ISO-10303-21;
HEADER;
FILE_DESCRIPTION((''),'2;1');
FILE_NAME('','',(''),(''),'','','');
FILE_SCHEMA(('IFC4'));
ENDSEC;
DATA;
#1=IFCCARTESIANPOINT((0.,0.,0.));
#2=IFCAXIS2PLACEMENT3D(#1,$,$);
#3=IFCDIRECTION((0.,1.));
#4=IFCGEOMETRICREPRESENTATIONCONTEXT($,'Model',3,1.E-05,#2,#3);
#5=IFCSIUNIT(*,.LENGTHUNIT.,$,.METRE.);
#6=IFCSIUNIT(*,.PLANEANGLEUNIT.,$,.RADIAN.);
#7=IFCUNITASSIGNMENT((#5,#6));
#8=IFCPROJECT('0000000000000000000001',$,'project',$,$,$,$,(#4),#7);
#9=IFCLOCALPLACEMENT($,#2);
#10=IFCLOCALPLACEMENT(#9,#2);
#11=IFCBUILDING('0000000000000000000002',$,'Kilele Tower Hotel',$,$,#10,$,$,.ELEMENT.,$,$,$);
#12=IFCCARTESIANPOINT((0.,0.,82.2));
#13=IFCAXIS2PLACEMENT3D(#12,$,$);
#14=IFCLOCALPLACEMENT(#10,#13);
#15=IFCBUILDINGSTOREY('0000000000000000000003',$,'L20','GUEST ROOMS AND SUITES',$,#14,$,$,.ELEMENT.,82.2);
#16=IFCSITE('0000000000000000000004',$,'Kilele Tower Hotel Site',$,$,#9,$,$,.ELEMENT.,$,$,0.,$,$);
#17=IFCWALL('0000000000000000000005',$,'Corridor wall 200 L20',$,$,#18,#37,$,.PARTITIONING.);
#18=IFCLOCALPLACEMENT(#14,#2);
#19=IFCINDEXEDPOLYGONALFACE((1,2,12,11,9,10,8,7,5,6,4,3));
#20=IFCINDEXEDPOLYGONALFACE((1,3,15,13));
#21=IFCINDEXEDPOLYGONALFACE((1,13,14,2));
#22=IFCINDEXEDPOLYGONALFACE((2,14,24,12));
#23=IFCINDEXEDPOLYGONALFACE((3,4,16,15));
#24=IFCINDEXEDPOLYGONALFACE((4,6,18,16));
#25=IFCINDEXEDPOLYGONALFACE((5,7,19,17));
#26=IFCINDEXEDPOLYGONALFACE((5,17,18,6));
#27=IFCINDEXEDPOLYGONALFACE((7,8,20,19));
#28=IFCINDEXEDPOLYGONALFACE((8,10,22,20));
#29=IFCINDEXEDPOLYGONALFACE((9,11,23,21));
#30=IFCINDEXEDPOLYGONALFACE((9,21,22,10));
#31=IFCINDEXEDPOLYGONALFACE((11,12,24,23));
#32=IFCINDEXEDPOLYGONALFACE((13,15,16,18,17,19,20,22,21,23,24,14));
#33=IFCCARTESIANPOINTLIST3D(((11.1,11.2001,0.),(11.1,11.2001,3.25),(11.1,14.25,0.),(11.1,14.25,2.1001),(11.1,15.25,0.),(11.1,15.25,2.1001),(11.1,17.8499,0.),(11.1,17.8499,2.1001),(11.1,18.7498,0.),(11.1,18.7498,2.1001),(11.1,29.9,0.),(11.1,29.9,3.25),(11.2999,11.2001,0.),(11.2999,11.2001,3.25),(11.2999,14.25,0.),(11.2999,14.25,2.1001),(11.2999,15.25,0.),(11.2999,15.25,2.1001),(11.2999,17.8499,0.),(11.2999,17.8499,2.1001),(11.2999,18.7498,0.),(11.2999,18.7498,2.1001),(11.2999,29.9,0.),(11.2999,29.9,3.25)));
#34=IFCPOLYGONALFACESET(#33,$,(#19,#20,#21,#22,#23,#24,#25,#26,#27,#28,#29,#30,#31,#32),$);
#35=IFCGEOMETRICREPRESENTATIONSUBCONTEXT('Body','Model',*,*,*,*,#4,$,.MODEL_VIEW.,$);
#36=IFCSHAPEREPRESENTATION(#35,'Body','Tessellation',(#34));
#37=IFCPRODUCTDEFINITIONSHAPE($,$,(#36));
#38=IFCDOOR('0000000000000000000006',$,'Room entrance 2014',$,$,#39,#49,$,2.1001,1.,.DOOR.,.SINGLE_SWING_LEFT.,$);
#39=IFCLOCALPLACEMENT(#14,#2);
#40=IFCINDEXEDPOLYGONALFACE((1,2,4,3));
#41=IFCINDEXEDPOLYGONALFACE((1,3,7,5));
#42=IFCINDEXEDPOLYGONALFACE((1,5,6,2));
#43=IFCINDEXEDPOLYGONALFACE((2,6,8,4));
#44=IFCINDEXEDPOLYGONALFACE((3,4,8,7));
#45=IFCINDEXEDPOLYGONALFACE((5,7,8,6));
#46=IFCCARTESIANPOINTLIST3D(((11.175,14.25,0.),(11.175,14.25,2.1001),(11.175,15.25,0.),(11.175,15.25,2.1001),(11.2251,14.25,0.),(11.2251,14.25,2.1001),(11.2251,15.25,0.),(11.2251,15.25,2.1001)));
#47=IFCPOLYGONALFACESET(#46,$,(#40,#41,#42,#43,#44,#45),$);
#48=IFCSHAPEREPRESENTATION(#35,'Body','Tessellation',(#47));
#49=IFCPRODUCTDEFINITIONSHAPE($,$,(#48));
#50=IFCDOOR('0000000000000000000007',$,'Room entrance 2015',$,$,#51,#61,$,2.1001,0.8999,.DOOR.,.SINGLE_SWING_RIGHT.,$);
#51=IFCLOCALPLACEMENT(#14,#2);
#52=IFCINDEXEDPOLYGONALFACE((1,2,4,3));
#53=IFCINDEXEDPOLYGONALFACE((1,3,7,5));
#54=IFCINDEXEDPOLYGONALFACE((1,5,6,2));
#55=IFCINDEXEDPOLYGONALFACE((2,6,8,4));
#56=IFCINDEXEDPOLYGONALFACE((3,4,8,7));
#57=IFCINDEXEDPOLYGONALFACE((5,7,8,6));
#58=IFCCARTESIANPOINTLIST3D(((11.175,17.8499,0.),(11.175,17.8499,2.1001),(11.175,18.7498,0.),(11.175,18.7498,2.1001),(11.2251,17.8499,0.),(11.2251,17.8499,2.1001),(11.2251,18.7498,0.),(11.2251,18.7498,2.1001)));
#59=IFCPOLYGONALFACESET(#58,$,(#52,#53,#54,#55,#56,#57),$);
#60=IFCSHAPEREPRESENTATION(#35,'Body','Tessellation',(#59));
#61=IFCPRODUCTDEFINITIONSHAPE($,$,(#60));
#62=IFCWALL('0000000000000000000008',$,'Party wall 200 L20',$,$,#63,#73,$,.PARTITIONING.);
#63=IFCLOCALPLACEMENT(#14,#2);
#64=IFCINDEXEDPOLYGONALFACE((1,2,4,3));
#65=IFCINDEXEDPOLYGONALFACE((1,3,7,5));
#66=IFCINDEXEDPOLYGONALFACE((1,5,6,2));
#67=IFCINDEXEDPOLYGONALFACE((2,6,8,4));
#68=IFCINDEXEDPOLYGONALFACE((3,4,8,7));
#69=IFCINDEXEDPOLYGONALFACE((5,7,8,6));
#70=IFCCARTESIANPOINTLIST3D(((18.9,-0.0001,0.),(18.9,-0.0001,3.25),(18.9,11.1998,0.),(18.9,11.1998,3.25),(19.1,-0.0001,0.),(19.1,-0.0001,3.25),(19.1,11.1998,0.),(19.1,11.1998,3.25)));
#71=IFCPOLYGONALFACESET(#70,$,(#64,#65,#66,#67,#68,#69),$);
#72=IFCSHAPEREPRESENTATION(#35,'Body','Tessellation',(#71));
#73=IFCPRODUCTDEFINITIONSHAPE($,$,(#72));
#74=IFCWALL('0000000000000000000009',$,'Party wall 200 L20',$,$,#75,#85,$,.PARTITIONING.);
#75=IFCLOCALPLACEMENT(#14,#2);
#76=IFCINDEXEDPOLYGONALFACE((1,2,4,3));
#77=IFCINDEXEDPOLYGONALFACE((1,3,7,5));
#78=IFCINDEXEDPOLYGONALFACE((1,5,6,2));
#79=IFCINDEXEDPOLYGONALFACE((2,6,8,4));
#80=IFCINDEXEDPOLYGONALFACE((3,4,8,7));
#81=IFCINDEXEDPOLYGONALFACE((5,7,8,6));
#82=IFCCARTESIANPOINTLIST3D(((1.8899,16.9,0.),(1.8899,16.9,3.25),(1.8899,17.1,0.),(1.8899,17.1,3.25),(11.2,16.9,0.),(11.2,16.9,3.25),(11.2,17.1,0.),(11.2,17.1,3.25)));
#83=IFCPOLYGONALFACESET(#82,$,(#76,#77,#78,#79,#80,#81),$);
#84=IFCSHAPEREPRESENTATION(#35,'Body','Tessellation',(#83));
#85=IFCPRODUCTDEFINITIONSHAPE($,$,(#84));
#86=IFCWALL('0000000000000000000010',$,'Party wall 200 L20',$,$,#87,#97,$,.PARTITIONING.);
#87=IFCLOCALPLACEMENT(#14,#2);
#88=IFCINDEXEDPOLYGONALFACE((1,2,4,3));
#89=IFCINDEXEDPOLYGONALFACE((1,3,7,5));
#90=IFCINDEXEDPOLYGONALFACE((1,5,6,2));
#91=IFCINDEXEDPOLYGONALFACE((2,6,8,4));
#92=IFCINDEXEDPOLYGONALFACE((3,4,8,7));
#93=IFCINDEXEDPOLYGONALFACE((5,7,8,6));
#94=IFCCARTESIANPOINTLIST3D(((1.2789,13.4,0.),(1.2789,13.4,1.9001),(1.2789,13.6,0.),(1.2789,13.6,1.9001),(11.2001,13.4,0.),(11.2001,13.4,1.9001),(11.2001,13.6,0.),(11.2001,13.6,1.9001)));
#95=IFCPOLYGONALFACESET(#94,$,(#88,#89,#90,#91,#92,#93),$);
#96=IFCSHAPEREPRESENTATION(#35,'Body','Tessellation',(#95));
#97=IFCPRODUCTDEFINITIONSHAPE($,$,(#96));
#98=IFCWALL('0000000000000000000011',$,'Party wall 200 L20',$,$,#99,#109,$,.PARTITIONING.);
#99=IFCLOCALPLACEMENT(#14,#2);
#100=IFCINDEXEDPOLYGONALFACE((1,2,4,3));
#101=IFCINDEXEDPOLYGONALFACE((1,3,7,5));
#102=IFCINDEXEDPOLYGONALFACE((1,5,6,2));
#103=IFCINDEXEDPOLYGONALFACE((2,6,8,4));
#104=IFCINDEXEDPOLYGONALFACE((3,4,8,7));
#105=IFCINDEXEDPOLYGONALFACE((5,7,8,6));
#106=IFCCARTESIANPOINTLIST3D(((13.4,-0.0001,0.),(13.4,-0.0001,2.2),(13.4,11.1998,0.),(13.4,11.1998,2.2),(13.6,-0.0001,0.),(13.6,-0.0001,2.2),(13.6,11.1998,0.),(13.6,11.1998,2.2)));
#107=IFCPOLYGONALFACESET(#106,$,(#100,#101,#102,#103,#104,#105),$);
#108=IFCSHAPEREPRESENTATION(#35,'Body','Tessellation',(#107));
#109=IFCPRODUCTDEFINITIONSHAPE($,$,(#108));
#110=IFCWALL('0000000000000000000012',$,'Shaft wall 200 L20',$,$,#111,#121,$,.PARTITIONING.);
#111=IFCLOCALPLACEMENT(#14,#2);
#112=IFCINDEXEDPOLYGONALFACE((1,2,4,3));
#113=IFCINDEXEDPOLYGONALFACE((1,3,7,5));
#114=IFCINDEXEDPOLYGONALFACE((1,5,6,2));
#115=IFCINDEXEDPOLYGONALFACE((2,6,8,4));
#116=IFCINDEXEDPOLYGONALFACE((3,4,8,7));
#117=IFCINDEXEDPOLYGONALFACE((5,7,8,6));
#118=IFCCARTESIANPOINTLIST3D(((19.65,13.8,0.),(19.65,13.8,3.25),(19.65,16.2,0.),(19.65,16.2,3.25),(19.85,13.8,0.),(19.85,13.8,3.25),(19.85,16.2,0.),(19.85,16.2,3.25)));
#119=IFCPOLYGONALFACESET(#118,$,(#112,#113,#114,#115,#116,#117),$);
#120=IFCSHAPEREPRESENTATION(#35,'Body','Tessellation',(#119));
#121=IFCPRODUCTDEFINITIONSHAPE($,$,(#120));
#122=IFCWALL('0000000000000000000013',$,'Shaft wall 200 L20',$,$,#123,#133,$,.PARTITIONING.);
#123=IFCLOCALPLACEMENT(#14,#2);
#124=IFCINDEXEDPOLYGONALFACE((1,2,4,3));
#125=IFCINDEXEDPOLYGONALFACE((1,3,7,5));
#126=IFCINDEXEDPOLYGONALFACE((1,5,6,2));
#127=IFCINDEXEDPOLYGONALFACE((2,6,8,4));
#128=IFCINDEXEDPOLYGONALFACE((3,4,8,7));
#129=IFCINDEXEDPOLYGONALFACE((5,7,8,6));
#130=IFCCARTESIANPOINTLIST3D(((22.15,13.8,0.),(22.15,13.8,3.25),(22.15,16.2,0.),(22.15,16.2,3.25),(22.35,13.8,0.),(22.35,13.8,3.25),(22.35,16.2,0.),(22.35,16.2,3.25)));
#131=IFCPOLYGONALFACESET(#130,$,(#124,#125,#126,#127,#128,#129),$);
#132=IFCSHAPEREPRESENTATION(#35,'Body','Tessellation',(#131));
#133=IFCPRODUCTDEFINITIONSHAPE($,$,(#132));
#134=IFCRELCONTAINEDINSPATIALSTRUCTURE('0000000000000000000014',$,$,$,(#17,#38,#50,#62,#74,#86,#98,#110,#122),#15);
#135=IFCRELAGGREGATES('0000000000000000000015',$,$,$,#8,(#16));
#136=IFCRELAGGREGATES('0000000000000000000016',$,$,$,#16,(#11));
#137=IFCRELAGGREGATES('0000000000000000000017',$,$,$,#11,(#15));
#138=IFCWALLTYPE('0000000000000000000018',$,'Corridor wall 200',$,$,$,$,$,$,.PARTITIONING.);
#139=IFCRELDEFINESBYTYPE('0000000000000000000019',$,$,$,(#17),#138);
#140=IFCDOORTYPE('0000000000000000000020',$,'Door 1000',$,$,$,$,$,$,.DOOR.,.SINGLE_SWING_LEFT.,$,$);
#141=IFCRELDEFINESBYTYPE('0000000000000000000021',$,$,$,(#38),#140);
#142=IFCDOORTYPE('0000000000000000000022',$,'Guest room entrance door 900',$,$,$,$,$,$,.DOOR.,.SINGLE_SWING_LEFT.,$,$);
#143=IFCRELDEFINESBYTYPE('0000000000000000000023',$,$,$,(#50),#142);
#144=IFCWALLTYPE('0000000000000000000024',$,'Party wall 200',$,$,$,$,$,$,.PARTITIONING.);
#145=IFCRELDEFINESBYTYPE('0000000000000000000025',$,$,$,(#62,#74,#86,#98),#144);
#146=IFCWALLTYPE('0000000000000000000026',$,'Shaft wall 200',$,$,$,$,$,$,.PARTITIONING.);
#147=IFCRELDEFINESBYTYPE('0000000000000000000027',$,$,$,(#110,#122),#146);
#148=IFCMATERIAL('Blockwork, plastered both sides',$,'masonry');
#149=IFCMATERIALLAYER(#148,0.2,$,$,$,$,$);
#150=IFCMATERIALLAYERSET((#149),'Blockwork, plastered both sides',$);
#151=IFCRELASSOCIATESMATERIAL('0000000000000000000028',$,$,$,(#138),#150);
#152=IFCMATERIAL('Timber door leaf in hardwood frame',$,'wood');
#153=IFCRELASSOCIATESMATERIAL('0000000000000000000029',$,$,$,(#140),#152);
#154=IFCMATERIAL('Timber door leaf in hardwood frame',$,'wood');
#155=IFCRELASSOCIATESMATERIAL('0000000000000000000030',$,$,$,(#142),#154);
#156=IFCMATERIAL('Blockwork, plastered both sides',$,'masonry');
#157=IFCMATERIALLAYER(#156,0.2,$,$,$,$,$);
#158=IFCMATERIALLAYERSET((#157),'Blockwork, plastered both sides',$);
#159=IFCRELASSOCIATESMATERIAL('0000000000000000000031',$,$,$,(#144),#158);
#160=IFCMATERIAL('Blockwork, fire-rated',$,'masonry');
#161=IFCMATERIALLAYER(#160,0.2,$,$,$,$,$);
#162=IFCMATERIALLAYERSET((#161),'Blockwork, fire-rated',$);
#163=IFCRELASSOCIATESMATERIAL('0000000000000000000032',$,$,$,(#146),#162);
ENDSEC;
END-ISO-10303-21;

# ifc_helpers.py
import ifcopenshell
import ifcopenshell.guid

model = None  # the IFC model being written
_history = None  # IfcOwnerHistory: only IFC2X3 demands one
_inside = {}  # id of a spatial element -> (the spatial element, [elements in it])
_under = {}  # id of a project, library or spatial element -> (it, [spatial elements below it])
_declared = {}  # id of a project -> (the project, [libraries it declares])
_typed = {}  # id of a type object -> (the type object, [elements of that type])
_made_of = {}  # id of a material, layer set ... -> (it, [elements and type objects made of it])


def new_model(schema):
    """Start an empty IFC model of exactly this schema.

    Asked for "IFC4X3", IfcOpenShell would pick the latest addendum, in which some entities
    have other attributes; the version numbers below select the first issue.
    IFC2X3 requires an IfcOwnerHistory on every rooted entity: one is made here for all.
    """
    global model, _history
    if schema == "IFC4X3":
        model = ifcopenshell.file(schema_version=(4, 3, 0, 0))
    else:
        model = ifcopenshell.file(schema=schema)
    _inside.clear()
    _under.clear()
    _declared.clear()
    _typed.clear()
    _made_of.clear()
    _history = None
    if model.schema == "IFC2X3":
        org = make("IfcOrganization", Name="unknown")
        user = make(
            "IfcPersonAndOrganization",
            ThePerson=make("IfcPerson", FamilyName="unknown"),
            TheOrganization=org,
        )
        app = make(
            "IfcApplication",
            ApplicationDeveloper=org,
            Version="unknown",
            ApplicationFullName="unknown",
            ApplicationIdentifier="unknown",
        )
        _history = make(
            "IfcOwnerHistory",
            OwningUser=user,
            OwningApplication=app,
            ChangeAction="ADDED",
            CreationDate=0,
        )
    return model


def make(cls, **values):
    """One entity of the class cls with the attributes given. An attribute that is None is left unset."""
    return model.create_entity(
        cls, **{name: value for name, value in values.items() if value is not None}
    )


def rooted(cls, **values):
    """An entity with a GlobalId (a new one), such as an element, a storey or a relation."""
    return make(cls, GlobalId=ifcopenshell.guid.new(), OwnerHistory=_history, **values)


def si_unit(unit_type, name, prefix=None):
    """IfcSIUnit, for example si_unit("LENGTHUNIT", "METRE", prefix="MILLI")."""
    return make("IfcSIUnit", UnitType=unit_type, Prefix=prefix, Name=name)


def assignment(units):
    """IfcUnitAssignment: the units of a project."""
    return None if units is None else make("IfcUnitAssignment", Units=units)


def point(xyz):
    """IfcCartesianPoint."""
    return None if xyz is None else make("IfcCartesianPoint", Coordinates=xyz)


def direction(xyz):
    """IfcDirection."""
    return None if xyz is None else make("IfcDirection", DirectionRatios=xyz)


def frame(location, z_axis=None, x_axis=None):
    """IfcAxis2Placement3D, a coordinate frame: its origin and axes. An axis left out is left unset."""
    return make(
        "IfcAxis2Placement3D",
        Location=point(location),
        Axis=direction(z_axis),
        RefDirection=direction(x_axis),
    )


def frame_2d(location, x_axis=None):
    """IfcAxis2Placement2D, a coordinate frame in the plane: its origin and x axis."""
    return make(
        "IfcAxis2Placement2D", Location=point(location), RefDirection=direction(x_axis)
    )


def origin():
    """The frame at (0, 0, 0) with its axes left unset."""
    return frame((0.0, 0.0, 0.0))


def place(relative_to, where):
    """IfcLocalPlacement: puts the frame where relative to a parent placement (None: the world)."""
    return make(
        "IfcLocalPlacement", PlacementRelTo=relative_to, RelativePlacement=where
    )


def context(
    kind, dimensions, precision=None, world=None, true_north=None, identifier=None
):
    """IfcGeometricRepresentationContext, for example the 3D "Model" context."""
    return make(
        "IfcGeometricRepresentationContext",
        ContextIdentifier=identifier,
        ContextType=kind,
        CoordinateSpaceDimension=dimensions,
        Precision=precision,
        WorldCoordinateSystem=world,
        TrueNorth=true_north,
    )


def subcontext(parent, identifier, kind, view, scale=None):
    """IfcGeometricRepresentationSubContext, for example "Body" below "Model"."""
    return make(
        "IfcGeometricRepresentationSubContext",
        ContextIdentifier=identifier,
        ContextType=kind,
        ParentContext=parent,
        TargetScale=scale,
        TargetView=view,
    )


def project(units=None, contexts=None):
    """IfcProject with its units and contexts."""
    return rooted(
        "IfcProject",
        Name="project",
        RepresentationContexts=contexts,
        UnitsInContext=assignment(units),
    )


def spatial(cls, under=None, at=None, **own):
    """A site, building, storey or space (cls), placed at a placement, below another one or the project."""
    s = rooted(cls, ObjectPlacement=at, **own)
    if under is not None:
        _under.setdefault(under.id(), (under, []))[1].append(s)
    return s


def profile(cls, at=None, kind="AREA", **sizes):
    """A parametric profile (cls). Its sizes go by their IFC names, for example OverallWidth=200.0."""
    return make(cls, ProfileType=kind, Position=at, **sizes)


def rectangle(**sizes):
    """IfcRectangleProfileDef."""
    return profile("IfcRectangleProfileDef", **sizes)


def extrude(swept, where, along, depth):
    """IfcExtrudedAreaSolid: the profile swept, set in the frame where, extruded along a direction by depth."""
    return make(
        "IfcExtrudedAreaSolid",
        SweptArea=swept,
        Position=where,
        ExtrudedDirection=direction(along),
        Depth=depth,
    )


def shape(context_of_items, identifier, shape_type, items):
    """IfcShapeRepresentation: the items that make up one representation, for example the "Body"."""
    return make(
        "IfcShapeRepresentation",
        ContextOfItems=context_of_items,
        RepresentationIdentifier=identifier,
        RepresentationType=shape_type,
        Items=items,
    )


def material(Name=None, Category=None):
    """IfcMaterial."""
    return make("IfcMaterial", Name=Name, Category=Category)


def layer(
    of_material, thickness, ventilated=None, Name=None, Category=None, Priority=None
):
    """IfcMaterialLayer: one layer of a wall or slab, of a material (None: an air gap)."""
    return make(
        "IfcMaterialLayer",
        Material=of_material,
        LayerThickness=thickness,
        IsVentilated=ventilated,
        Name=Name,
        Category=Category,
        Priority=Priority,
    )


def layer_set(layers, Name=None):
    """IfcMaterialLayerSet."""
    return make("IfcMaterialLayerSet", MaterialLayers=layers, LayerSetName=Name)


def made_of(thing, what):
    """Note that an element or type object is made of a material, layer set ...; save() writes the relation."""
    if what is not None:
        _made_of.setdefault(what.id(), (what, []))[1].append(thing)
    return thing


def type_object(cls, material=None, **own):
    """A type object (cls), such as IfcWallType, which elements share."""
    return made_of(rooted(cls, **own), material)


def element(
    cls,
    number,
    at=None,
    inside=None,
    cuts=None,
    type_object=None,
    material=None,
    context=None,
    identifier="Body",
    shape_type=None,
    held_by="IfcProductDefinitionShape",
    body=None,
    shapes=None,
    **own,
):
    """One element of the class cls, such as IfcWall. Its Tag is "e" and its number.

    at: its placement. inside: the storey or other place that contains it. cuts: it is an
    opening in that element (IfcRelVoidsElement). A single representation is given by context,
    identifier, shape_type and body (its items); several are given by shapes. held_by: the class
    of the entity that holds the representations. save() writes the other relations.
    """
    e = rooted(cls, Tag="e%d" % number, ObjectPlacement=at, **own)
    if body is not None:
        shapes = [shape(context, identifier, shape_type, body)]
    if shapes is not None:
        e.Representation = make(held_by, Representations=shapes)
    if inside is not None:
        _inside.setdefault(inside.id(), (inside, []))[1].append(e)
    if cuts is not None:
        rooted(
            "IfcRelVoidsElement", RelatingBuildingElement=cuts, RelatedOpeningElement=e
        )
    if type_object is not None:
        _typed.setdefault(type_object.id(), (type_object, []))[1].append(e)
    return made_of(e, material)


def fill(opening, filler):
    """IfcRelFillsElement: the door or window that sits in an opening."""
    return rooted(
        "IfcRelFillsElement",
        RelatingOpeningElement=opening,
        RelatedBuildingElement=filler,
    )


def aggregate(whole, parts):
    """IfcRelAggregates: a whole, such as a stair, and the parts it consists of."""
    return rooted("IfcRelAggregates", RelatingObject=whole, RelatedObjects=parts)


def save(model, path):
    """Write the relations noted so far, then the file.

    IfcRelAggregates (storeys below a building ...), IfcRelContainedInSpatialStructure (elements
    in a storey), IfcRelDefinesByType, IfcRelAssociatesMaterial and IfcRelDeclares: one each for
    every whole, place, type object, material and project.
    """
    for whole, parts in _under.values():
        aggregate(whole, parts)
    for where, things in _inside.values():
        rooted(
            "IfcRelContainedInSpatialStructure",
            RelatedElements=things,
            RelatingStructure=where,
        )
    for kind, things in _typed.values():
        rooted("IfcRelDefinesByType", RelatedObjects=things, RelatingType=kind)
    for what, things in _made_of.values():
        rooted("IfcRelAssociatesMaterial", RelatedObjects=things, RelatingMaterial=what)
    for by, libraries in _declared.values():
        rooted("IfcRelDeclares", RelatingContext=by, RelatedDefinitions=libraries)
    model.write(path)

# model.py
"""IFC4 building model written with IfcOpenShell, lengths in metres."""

from ifc_helpers import new_model, si_unit, direction, frame, frame_2d, origin, place, context, subcontext, project, spatial, rectangle, extrude, material, layer, layer_set, type_object, element, fill, save


model = new_model("IFC4")

# Units and contexts
model_context = context("Model", 3, precision=1e-05, world=origin(), true_north=direction((0.0, 1.0)))
body_context = subcontext(model_context, "Body", "Model", "MODEL_VIEW")
ifc_project = project(units=[si_unit("LENGTHUNIT", "METRE"), si_unit("PLANEANGLEUNIT", "RADIAN")], contexts=[model_context])

# Site, building, storey
site_placement = place(None, origin())
site = spatial("IfcSite", under=ifc_project, at=site_placement, Name="Kilele Tower Hotel Site", CompositionType="ELEMENT", RefElevation=0.0)
building_placement = place(site_placement, origin())
building = spatial("IfcBuilding", under=site, at=building_placement, Name="Kilele Tower Hotel", CompositionType="ELEMENT")
storey_placement = place(building_placement, frame((0.0, 0.0, 82.2)))
storey = spatial("IfcBuildingStorey", under=building, at=storey_placement, Name="L20", Description="GUEST ROOMS AND SUITES", CompositionType="ELEMENT", Elevation=82.2)

# Wall, openings, doors
ifc_material_1 = material(Name="Blockwork, plastered both sides", Category="masonry")
ifc_layer_1 = layer(ifc_material_1, 0.2)
ifc_layer_set_1 = layer_set([ifc_layer_1], Name="Blockwork, plastered both sides")
wall_type_1 = type_object("IfcWallType", Name="Corridor wall 200", PredefinedType="PARTITIONING", material=ifc_layer_set_1)
wall_1_placement = place(storey_placement, frame((11.2, 11.2, 0.0), z_axis=(0.0, 0.0, 1.0), x_axis=(0.0, 1.0, 0.0)))
wall_1 = element("IfcWall", 1, at=wall_1_placement, inside=storey, type_object=wall_type_1, Name="Corridor wall 200 L20", PredefinedType="PARTITIONING", context=body_context, shape_type="SweptSolid", body=[
    extrude(rectangle(XDim=18.7, YDim=0.2, at=frame_2d((9.3501, 0.0))), origin(), (0.0, 0.0, 1.0), 3.25),
])
opening_1_placement = place(wall_1_placement, frame((3.05, 0.0, 0.0)))
opening_1 = element("IfcOpeningElement", 2, at=opening_1_placement, cuts=wall_1, PredefinedType="OPENING", context=body_context, shape_type="SweptSolid", body=[
    extrude(rectangle(XDim=1.0, YDim=2.1001, at=frame_2d((0.5, 1.05))), frame((0.0, 0.1099, 0.0), z_axis=(0.0, -1.0, 0.0), x_axis=(1.0, 0.0, 0.0)), (0.0, 0.0, 1.0), 0.22),
])
opening_2_placement = place(wall_1_placement, frame((6.6499, 0.0, 0.0)))
opening_2 = element("IfcOpeningElement", 3, at=opening_2_placement, cuts=wall_1, PredefinedType="OPENING", context=body_context, shape_type="SweptSolid", body=[
    extrude(rectangle(XDim=0.8999, YDim=2.1001, at=frame_2d((0.45, 1.05))), frame((0.0, 0.1099, 0.0), z_axis=(0.0, -1.0, 0.0), x_axis=(1.0, 0.0, 0.0)), (0.0, 0.0, 1.0), 0.22),
])
ifc_material_2 = material(Name="Timber door leaf in hardwood frame", Category="wood")
door_type_1 = type_object("IfcDoorType", Name="Door 1000", OperationType="SINGLE_SWING_LEFT", PredefinedType="DOOR", material=ifc_material_2)
door_1_placement = place(opening_1_placement, origin())
door_1 = element("IfcDoor", 4, at=door_1_placement, inside=storey, type_object=door_type_1, Name="Room entrance 2014", OperationType="SINGLE_SWING_LEFT", OverallHeight=2.1001, OverallWidth=1.0, PredefinedType="DOOR", context=body_context, shape_type="SweptSolid", body=[
    extrude(rectangle(XDim=1.0, YDim=2.1001, at=frame_2d((0.5, 1.05))), frame((0.0, 0.0249, 0.0), z_axis=(0.0, -1.0, 0.0), x_axis=(1.0, 0.0, 0.0)), (0.0, 0.0, 1.0), 0.05),
])
fill(opening_1, door_1)
ifc_material_3 = material(Name="Timber door leaf in hardwood frame", Category="wood")
door_type_2 = type_object("IfcDoorType", Name="Guest room entrance door 900", OperationType="SINGLE_SWING_LEFT", PredefinedType="DOOR", material=ifc_material_3)
door_2_placement = place(opening_2_placement, origin())
door_2 = element("IfcDoor", 5, at=door_2_placement, inside=storey, type_object=door_type_2, Name="Room entrance 2015", OperationType="SINGLE_SWING_RIGHT", OverallHeight=2.1001, OverallWidth=0.8999, PredefinedType="DOOR", context=body_context, shape_type="SweptSolid", body=[
    extrude(rectangle(XDim=0.8999, YDim=2.1001, at=frame_2d((0.45, 1.05))), frame((0.0, 0.0249, 0.0), z_axis=(0.0, -1.0, 0.0), x_axis=(1.0, 0.0, 0.0)), (0.0, 0.0, 1.0), 0.05),
])
fill(opening_2, door_2)

# Walls
ifc_material_4 = material(Name="Blockwork, plastered both sides", Category="masonry")
ifc_layer_2 = layer(ifc_material_4, 0.2)
ifc_layer_set_2 = layer_set([ifc_layer_2], Name="Blockwork, plastered both sides")
wall_type_2 = type_object("IfcWallType", Name="Party wall 200", PredefinedType="PARTITIONING", material=ifc_layer_set_2)
wall_2_placement = place(storey_placement, frame((19.0, 11.2, 0.0), z_axis=(0.0, 0.0, 1.0), x_axis=(0.0, -1.0, 0.0)))
element("IfcWall", 6, at=wall_2_placement, inside=storey, type_object=wall_type_2, Name="Party wall 200 L20", PredefinedType="PARTITIONING", context=body_context, shape_type="SweptSolid", body=[
    extrude(rectangle(XDim=11.2, YDim=0.2, at=frame_2d((5.6001, 0.0))), origin(), (0.0, 0.0, 1.0), 3.25),
])
wall_3_placement = place(storey_placement, frame((11.2, 17.0, 0.0), z_axis=(0.0, 0.0, 1.0), x_axis=(-1.0, 0.0, 0.0)))
element("IfcWall", 7, at=wall_3_placement, inside=storey, type_object=wall_type_2, Name="Party wall 200 L20", PredefinedType="PARTITIONING", context=body_context, shape_type="SweptSolid", body=[
    extrude(rectangle(XDim=9.3101, YDim=0.2, at=frame_2d((4.655, 0.0))), origin(), (0.0, 0.0, 1.0), 3.25),
])
wall_4_placement = place(storey_placement, frame((11.2, 13.5, 0.0), z_axis=(0.0, 0.0, 1.0), x_axis=(-1.0, 0.0, 0.0)))
element("IfcWall", 8, at=wall_4_placement, inside=storey, type_object=wall_type_2, Name="Party wall 200 L20", PredefinedType="PARTITIONING", context=body_context, shape_type="SweptSolid", body=[
    extrude(rectangle(XDim=9.9211, YDim=0.2, at=frame_2d((4.9604, 0.0))), origin(), (0.0, 0.0, 1.0), 1.9001),
])
wall_5_placement = place(storey_placement, frame((13.5, 11.2, 0.0), z_axis=(0.0, 0.0, 1.0), x_axis=(0.0, -1.0, 0.0)))
element("IfcWall", 9, at=wall_5_placement, inside=storey, type_object=wall_type_2, Name="Party wall 200 L20", PredefinedType="PARTITIONING", context=body_context, shape_type="SweptSolid", body=[
    extrude(rectangle(XDim=11.2, YDim=0.2, at=frame_2d((5.6001, 0.0))), origin(), (0.0, 0.0, 1.0), 2.2),
])
ifc_material_5 = material(Name="Blockwork, fire-rated", Category="masonry")
ifc_layer_3 = layer(ifc_material_5, 0.2)
ifc_layer_set_3 = layer_set([ifc_layer_3], Name="Blockwork, fire-rated")
wall_type_3 = type_object("IfcWallType", Name="Shaft wall 200", PredefinedType="PARTITIONING", material=ifc_layer_set_3)
for number, where, z_axis, x_axis, name in (
    (10, (19.75, 13.8, 0.0), (0.0, 0.0, 1.0), (0.0, 1.0, 0.0), "Shaft wall 200 L20"),
    (11, (22.25, 13.8, 0.0), (0.0, 0.0, 1.0), (0.0, 1.0, 0.0), "Shaft wall 200 L20"),
):
    element("IfcWall", number, at=place(storey_placement, frame(where, z_axis=z_axis, x_axis=x_axis)), inside=storey, type_object=wall_type_3, Name=name, PredefinedType="PARTITIONING", context=body_context, shape_type="SweptSolid", body=[
        extrude(rectangle(XDim=2.3999, YDim=0.2, at=frame_2d((1.2, 0.0))), origin(), (0.0, 0.0, 1.0), 3.25),
    ])

save(model, "model.ifc")
